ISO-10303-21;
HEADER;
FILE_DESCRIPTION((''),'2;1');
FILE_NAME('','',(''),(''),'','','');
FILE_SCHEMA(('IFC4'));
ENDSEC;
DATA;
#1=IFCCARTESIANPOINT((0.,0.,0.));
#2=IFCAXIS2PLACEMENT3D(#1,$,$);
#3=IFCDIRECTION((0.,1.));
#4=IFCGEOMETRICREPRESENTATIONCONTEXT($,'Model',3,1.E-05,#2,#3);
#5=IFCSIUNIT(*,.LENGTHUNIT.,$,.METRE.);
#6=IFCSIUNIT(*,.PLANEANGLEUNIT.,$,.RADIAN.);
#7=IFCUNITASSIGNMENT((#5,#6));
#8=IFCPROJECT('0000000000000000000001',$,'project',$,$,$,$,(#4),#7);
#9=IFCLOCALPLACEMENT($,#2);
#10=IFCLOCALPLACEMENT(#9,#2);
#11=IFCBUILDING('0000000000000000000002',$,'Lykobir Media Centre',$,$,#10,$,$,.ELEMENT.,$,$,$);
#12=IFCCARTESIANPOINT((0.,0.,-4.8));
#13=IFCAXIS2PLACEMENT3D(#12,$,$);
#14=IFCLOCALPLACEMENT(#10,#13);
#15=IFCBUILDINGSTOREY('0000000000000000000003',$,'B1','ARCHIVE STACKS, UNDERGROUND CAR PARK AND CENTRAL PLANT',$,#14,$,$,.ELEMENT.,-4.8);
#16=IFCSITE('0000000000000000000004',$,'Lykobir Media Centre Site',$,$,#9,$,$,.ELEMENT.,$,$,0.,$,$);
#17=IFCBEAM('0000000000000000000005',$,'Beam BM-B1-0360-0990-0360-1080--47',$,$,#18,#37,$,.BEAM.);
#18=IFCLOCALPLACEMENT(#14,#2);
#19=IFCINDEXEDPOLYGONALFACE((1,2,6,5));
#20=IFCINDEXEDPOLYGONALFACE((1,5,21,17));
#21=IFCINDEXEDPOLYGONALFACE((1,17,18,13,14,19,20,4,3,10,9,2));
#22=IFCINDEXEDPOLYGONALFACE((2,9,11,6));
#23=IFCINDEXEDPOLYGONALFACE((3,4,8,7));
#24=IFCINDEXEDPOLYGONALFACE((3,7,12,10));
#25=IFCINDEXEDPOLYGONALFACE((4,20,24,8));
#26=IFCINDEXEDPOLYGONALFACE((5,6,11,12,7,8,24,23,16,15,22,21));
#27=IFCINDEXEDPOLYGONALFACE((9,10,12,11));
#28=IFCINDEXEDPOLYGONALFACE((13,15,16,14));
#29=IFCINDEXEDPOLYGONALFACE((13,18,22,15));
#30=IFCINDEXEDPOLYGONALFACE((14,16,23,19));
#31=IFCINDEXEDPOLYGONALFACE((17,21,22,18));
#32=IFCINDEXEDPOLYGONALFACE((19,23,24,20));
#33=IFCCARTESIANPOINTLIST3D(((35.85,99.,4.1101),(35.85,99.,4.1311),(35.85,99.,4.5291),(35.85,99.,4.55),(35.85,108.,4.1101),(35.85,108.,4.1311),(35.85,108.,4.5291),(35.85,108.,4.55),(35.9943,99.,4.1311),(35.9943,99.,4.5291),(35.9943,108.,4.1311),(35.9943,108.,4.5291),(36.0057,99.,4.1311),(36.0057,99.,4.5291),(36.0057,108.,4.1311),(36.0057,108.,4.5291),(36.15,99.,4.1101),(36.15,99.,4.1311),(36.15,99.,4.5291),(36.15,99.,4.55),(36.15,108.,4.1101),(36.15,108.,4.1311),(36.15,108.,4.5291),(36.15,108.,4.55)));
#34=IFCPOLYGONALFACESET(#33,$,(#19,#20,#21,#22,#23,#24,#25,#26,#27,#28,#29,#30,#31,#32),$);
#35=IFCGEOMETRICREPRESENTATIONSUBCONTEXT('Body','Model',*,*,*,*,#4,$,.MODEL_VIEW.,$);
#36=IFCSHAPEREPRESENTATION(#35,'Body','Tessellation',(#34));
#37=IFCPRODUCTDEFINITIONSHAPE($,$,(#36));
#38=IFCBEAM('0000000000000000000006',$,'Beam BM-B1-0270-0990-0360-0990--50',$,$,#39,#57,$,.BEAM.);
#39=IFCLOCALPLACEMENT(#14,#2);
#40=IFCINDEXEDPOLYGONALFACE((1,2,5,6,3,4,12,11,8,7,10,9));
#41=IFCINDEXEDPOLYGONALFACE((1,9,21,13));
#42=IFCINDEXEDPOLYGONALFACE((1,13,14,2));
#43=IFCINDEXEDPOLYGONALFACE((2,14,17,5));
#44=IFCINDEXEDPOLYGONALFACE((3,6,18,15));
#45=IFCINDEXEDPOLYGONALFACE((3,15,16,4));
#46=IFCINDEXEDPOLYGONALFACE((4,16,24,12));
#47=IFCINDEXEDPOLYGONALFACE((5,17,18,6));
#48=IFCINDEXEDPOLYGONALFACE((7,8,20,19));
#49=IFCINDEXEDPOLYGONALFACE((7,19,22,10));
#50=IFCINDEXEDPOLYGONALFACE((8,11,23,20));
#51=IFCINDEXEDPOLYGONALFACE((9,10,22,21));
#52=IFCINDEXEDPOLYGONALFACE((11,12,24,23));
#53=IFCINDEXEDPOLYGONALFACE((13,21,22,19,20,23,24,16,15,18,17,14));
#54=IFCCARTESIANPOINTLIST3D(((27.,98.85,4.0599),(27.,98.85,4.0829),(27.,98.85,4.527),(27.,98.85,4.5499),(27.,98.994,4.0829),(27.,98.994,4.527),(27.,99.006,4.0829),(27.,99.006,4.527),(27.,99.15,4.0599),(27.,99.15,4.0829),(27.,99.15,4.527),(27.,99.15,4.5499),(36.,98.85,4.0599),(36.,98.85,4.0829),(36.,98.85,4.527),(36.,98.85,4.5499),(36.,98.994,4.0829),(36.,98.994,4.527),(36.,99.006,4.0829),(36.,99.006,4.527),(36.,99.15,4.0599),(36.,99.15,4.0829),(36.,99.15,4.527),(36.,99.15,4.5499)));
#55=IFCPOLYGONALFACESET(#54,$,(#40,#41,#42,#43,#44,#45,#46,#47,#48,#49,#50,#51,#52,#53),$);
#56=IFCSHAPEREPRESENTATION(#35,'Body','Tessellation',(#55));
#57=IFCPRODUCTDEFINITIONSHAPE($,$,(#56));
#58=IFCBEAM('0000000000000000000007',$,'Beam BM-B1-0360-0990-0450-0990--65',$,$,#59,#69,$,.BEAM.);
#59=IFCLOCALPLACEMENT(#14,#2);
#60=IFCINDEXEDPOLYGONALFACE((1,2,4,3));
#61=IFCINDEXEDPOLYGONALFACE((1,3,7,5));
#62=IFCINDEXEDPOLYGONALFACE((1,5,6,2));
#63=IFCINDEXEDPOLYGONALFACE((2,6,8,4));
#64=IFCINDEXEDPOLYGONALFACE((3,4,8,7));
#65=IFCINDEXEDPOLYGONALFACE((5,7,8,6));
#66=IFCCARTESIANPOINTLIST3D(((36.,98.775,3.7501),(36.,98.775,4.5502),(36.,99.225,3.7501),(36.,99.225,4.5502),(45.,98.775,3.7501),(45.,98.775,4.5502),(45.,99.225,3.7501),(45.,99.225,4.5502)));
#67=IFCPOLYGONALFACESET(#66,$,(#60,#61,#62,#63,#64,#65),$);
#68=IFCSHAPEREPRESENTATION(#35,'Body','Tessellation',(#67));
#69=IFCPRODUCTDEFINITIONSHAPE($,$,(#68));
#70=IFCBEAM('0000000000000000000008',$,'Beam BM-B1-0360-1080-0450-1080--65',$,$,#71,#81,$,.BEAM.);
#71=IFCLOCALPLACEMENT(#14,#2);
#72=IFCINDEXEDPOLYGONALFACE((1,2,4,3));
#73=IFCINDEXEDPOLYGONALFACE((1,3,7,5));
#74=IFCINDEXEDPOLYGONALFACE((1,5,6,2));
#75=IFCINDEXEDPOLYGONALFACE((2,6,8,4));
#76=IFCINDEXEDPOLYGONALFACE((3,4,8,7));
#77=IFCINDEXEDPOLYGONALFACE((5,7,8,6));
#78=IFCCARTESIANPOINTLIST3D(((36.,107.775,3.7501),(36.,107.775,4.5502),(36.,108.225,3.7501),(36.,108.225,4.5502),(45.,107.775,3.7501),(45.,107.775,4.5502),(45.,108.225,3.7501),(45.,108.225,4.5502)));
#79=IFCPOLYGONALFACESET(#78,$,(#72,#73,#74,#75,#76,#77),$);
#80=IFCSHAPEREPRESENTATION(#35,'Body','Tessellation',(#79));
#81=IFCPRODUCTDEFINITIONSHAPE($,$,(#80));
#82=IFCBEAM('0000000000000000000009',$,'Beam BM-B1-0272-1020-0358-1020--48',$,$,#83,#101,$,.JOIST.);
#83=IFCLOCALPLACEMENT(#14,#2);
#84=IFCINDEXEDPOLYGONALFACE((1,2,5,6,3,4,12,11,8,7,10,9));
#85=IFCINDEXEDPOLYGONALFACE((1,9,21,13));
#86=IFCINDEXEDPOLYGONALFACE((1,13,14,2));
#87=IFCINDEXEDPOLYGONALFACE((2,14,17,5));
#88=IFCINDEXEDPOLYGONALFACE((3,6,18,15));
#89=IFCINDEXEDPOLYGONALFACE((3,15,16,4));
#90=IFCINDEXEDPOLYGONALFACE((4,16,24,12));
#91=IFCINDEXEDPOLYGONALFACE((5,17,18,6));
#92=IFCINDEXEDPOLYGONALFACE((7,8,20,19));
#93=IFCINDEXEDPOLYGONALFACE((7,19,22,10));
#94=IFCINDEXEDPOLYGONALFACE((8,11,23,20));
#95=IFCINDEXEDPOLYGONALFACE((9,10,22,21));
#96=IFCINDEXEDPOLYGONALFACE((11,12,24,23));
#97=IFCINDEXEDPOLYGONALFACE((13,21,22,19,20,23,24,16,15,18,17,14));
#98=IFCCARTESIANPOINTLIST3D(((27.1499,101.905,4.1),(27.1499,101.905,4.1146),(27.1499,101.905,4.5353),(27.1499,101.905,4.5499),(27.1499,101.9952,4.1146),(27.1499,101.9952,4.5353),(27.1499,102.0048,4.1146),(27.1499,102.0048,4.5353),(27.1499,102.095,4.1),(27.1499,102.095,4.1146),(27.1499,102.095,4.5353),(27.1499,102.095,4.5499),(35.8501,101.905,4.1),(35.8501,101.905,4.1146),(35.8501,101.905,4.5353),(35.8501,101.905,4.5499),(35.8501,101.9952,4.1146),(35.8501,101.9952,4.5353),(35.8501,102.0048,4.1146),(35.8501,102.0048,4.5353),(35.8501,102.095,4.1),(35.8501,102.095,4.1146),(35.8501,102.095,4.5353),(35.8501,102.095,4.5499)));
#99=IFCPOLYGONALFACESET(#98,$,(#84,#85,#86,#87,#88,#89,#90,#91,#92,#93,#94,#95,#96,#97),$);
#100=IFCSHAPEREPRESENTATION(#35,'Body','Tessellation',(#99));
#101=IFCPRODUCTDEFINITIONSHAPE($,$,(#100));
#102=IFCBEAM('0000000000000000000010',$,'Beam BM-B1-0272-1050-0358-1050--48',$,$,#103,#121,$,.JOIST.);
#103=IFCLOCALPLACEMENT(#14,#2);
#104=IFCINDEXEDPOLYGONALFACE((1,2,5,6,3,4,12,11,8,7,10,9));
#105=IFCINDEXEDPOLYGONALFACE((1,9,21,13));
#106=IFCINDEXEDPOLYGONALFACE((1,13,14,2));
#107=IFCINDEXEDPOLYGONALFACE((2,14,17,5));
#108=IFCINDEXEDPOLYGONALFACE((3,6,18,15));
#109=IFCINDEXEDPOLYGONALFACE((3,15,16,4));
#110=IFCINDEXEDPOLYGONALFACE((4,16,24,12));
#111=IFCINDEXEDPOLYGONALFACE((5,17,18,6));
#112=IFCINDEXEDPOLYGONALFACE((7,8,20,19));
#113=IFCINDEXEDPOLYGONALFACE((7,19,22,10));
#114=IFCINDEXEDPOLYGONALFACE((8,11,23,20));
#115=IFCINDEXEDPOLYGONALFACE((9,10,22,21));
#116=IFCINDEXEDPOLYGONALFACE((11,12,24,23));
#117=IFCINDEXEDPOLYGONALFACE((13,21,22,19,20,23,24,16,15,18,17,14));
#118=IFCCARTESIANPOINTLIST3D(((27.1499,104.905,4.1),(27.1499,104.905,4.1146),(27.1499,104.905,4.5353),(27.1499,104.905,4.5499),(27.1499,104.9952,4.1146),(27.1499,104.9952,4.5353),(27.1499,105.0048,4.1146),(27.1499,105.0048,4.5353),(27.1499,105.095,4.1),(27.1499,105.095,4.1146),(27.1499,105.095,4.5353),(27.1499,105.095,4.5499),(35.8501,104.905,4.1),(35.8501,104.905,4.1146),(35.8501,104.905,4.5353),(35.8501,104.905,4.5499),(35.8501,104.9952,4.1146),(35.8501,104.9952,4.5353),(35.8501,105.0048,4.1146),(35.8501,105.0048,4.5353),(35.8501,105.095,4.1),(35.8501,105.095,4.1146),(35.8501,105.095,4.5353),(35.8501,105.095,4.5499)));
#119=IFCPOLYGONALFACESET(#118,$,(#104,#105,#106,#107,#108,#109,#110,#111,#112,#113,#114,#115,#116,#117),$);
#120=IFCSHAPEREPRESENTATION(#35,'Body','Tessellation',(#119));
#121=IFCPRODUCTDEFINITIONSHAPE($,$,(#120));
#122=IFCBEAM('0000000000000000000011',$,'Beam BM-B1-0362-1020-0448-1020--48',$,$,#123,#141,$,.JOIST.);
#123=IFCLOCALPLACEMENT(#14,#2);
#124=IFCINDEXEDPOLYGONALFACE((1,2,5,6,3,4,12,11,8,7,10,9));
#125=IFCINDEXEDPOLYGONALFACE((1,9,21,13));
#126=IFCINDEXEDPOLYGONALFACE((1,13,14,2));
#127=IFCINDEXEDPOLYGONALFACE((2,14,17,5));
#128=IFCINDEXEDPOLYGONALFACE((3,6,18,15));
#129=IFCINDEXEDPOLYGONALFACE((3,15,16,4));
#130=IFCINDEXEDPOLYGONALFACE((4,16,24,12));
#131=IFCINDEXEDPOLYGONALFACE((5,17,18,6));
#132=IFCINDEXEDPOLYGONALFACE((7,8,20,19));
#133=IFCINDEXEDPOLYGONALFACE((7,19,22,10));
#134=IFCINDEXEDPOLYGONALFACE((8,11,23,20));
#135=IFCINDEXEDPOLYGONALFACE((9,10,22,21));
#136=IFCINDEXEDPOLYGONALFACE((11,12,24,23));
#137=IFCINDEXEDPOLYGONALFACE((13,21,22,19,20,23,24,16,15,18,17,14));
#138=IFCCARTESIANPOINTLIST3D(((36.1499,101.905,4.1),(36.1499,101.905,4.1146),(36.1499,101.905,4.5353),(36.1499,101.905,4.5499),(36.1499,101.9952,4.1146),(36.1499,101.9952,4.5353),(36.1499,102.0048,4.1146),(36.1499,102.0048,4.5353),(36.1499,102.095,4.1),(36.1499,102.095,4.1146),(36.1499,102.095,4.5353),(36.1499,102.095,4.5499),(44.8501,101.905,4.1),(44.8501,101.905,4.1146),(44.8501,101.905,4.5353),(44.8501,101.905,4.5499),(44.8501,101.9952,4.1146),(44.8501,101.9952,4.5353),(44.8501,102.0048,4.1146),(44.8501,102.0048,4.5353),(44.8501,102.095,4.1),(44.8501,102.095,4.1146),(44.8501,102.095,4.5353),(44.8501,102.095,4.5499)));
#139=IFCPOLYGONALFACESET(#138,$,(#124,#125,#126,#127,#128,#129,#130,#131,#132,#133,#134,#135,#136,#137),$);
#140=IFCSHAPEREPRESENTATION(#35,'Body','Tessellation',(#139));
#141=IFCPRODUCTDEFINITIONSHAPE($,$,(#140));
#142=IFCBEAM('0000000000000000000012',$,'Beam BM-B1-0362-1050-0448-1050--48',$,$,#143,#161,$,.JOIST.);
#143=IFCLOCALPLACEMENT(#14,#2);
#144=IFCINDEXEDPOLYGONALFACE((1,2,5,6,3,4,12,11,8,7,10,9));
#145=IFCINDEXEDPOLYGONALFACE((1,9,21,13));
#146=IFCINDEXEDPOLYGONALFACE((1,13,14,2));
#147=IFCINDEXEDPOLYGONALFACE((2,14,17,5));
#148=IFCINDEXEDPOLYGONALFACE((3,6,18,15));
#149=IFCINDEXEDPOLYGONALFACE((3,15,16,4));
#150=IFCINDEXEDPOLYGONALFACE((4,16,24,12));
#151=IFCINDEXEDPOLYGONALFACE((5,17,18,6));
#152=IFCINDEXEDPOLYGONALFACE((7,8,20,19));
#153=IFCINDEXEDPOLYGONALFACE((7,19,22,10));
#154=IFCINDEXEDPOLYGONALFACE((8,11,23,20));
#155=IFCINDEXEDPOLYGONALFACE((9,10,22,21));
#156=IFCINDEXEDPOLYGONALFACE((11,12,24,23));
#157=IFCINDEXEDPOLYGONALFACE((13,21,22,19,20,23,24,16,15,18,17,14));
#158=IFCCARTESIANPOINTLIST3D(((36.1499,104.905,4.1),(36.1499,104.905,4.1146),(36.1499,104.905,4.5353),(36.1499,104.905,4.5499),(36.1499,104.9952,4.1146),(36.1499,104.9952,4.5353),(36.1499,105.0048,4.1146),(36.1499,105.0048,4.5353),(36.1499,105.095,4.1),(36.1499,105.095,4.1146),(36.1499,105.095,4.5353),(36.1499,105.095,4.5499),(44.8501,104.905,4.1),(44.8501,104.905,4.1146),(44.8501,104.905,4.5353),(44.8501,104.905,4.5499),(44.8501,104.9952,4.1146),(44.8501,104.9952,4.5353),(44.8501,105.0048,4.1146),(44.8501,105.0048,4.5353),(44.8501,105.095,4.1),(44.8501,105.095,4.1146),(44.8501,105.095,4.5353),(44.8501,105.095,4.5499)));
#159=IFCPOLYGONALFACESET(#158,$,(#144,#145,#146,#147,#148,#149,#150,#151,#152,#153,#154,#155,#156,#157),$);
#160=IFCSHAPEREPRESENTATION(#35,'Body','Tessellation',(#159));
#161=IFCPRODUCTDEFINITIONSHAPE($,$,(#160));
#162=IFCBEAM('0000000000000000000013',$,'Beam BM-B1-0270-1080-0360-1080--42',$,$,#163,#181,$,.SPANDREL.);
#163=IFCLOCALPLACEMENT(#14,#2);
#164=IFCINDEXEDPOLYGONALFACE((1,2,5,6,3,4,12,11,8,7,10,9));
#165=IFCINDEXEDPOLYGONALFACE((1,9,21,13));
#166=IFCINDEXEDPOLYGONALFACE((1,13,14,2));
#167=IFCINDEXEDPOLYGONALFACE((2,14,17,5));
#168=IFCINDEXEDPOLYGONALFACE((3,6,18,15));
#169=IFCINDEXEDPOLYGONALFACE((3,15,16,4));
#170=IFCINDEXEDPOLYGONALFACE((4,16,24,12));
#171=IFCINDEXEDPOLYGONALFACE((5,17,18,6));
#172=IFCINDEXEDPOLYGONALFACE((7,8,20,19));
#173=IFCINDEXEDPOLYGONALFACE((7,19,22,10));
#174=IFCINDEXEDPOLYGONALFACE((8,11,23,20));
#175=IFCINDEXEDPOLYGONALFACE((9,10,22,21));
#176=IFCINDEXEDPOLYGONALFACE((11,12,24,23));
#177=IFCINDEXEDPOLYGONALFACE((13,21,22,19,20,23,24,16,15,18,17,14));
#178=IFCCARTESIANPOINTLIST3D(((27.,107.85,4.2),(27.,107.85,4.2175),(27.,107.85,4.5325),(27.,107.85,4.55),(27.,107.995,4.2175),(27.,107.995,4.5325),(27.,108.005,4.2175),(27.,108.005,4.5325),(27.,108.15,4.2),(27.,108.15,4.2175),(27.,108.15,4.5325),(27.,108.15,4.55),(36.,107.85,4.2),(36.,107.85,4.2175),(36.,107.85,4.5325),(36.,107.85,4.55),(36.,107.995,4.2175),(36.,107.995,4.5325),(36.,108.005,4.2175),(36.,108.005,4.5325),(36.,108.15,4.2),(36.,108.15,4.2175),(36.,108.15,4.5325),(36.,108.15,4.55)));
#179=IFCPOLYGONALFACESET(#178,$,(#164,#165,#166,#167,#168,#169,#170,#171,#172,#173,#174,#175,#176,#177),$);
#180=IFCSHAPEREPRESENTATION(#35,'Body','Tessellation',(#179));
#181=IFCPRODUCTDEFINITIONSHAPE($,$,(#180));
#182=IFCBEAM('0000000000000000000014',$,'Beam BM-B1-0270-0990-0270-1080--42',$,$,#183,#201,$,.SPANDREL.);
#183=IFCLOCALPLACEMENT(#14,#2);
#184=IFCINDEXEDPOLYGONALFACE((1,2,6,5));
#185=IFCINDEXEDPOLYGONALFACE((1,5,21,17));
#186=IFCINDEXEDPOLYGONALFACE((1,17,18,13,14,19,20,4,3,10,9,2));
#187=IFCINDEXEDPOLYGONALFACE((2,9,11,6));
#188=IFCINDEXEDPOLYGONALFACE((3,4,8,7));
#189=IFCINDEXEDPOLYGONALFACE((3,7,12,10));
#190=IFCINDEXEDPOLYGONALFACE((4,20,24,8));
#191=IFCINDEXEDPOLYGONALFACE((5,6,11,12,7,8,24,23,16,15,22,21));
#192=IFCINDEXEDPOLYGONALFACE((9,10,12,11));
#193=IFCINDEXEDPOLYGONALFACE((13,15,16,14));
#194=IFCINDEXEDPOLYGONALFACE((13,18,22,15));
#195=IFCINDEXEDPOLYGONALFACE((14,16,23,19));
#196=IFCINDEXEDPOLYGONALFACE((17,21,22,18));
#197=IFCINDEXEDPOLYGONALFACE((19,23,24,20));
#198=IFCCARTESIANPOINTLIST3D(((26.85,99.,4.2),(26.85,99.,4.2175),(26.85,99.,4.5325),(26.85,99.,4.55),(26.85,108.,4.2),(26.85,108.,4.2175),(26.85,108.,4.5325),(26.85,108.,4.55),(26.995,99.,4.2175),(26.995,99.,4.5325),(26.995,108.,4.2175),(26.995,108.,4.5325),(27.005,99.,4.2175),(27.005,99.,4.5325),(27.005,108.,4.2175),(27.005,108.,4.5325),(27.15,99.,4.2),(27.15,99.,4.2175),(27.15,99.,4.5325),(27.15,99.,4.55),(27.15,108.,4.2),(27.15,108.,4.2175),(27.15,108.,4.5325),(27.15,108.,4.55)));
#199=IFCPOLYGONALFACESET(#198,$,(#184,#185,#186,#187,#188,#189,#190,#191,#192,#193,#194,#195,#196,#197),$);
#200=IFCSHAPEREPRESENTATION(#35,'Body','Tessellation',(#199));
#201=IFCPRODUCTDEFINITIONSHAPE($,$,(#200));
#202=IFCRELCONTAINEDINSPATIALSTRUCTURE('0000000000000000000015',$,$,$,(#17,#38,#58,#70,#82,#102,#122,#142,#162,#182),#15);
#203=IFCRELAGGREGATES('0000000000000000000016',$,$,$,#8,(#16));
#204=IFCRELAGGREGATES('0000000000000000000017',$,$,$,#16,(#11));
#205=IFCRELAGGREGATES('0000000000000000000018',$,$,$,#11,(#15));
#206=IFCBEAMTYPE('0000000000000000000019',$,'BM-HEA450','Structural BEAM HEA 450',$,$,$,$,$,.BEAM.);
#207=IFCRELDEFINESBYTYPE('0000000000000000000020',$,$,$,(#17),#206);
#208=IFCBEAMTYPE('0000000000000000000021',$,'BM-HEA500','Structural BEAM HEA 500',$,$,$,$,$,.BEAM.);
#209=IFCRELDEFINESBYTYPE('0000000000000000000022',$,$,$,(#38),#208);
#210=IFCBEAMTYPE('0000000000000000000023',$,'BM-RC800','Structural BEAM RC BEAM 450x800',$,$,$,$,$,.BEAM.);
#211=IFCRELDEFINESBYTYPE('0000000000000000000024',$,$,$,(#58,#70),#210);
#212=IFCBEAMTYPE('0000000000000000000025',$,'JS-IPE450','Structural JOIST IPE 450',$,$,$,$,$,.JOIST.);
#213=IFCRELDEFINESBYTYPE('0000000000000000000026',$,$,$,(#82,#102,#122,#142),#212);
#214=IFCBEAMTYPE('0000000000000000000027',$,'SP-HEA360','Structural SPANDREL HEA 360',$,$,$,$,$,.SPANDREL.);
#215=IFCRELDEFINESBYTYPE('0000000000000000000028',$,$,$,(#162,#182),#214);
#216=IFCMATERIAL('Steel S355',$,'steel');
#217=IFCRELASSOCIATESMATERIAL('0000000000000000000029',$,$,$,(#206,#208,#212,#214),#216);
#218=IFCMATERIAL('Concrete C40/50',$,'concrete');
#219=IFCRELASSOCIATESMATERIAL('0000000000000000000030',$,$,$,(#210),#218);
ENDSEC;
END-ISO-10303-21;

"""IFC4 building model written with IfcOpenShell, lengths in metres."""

from ifc_helpers import new_model, si_unit, direction, frame, origin, origin_2d, place, context, subcontext, project, spatial, rectangle, i_section, extrude, material, material_profile, profile_set, type_object, element, save


model = new_model("IFC4")

# Units and contexts
model_context = context("Model", 3, precision=1e-05, world=origin(), true_north=direction((0.0, 1.0)))
body_context = subcontext(model_context, "Body", "Model", "MODEL_VIEW")
ifc_project = project(units=[si_unit("LENGTHUNIT", "METRE"), si_unit("PLANEANGLEUNIT", "RADIAN")], contexts=[model_context])

# Site, building, storey
site_placement = place(None, origin())
site = spatial("IfcSite", under=ifc_project, at=site_placement, Name="Lykobir Media Centre Site", CompositionType="ELEMENT", RefElevation=0.0)
building_placement = place(site_placement, origin())
building = spatial("IfcBuilding", under=site, at=building_placement, Name="Lykobir Media Centre", CompositionType="ELEMENT")
storey_placement = place(building_placement, frame((0.0, 0.0, -4.8)))
storey = spatial("IfcBuildingStorey", under=building, at=storey_placement, Name="B1", Description="ARCHIVE STACKS, UNDERGROUND CAR PARK AND CENTRAL PLANT", CompositionType="ELEMENT", Elevation=-4.8)

# Shared definitions
ifc_material_1 = material(Name="Concrete C40/50", Category="concrete")

# Beams
ifc_material_2 = material(Name="Steel S355", Category="steel")
ifc_material_profile_1 = material_profile(ifc_material_2, i_section(OverallWidth=0.3, OverallDepth=0.4399, WebThickness=0.0115, FlangeThickness=0.021, at=origin_2d()), Name="HEA 450")
ifc_profile_set_1 = profile_set([ifc_material_profile_1], Name="Steel S355")
beam_type_1 = type_object("IfcBeamType", Name="BM-HEA450", Description="Structural BEAM HEA 450", PredefinedType="BEAM", material=ifc_profile_set_1)
beam_1_placement = place(storey_placement, frame((36.0, 99.0, 4.3301), z_axis=(0.0, 1.0, 0.0), x_axis=(-1.0, 0.0, 0.0)))
element("IfcBeam", 1, at=beam_1_placement, inside=storey, type_object=beam_type_1, Name="Beam BM-B1-0360-0990-0360-1080--47", PredefinedType="BEAM", context=body_context, shape_type="SweptSolid", body=[
    extrude(i_section(OverallWidth=0.3, OverallDepth=0.4399, WebThickness=0.0115, FlangeThickness=0.021, at=origin_2d()), origin(), (0.0, 0.0, 1.0), 9.0),
])
ifc_material_profile_2 = material_profile(ifc_material_2, i_section(OverallWidth=0.3, OverallDepth=0.49, WebThickness=0.012, FlangeThickness=0.0229, at=origin_2d()), Name="HEA 500")
ifc_profile_set_2 = profile_set([ifc_material_profile_2], Name="Steel S355")
beam_type_2 = type_object("IfcBeamType", Name="BM-HEA500", Description="Structural BEAM HEA 500", PredefinedType="BEAM", material=ifc_profile_set_2)
beam_2_placement = place(storey_placement, frame((27.0, 99.0, 4.3049), z_axis=(1.0, 0.0, 0.0), x_axis=(0.0, 1.0, 0.0)))
element("IfcBeam", 2, at=beam_2_placement, inside=storey, type_object=beam_type_2, Name="Beam BM-B1-0270-0990-0360-0990--50", PredefinedType="BEAM", context=body_context, shape_type="SweptSolid", body=[
    extrude(i_section(OverallWidth=0.3, OverallDepth=0.49, WebThickness=0.012, FlangeThickness=0.0229, at=origin_2d()), origin(), (0.0, 0.0, 1.0), 9.0),
])
ifc_material_profile_3 = material_profile(ifc_material_1, rectangle(XDim=0.45, YDim=0.8, at=origin_2d()), Name="RC BEAM 450x800")
ifc_profile_set_3 = profile_set([ifc_material_profile_3], Name="Concrete C40/50")
beam_type_3 = type_object("IfcBeamType", Name="BM-RC800", Description="Structural BEAM RC BEAM 450x800", PredefinedType="BEAM", material=ifc_profile_set_3)
for number, where, z_axis, x_axis, name in (
    (3, (36.0, 99.0, 4.1501), (1.0, 0.0, 0.0), (0.0, 1.0, 0.0), "Beam BM-B1-0360-0990-0450-0990--65"),
    (4, (36.0, 108.0, 4.1501), (1.0, 0.0, 0.0), (0.0, 1.0, 0.0), "Beam BM-B1-0360-1080-0450-1080--65"),
):
    element("IfcBeam", number, at=place(storey_placement, frame(where, z_axis=z_axis, x_axis=x_axis)), inside=storey, type_object=beam_type_3, Name=name, PredefinedType="BEAM", context=body_context, shape_type="SweptSolid", body=[
        extrude(rectangle(XDim=0.45, YDim=0.8, at=origin_2d()), origin(), (0.0, 0.0, 1.0), 9.0),
    ])
ifc_material_profile_4 = material_profile(ifc_material_2, i_section(OverallWidth=0.1899, OverallDepth=0.45, WebThickness=0.0095, FlangeThickness=0.0146, at=origin_2d()), Name="IPE 450")
ifc_profile_set_4 = profile_set([ifc_material_profile_4], Name="Steel S355")
beam_type_4 = type_object("IfcBeamType", Name="JS-IPE450", Description="Structural JOIST IPE 450", PredefinedType="JOIST", material=ifc_profile_set_4)
for number, where, z_axis, x_axis, name in (
    (5, (27.1499, 102.0, 4.325), (1.0, 0.0, 0.0), (0.0, 1.0, 0.0), "Beam BM-B1-0272-1020-0358-1020--48"),
    (6, (27.1499, 105.0, 4.325), (1.0, 0.0, 0.0), (0.0, 1.0, 0.0), "Beam BM-B1-0272-1050-0358-1050--48"),
    (7, (36.1499, 102.0, 4.325), (1.0, 0.0, 0.0), (0.0, 1.0, 0.0), "Beam BM-B1-0362-1020-0448-1020--48"),
    (8, (36.1499, 105.0, 4.325), (1.0, 0.0, 0.0), (0.0, 1.0, 0.0), "Beam BM-B1-0362-1050-0448-1050--48"),
):
    element("IfcBeam", number, at=place(storey_placement, frame(where, z_axis=z_axis, x_axis=x_axis)), inside=storey, type_object=beam_type_4, Name=name, PredefinedType="JOIST", context=body_context, shape_type="SweptSolid", body=[
        extrude(i_section(OverallWidth=0.1899, OverallDepth=0.45, WebThickness=0.0095, FlangeThickness=0.0146, at=origin_2d()), origin(), (0.0, 0.0, 1.0), 8.7002),
    ])
ifc_material_profile_5 = material_profile(ifc_material_2, i_section(OverallWidth=0.3, OverallDepth=0.3501, WebThickness=0.01, FlangeThickness=0.0176, at=origin_2d()), Name="HEA 360")
ifc_profile_set_5 = profile_set([ifc_material_profile_5], Name="Steel S355")
beam_type_5 = type_object("IfcBeamType", Name="SP-HEA360", Description="Structural SPANDREL HEA 360", PredefinedType="SPANDREL", material=ifc_profile_set_5)
for number, where, z_axis, x_axis, name in (
    (9, (27.0, 108.0, 4.375), (1.0, 0.0, 0.0), (0.0, 1.0, 0.0), "Beam BM-B1-0270-1080-0360-1080--42"),
    (10, (27.0, 99.0, 4.375), (0.0, 1.0, 0.0), (-1.0, 0.0, 0.0), "Beam BM-B1-0270-0990-0270-1080--42"),
):
    element("IfcBeam", number, at=place(storey_placement, frame(where, z_axis=z_axis, x_axis=x_axis)), inside=storey, type_object=beam_type_5, Name=name, PredefinedType="SPANDREL", context=body_context, shape_type="SweptSolid", body=[
        extrude(i_section(OverallWidth=0.3, OverallDepth=0.3501, WebThickness=0.01, FlangeThickness=0.0176, at=origin_2d()), origin(), (0.0, 0.0, 1.0), 9.0),
    ])

save(model, "model.ifc")
